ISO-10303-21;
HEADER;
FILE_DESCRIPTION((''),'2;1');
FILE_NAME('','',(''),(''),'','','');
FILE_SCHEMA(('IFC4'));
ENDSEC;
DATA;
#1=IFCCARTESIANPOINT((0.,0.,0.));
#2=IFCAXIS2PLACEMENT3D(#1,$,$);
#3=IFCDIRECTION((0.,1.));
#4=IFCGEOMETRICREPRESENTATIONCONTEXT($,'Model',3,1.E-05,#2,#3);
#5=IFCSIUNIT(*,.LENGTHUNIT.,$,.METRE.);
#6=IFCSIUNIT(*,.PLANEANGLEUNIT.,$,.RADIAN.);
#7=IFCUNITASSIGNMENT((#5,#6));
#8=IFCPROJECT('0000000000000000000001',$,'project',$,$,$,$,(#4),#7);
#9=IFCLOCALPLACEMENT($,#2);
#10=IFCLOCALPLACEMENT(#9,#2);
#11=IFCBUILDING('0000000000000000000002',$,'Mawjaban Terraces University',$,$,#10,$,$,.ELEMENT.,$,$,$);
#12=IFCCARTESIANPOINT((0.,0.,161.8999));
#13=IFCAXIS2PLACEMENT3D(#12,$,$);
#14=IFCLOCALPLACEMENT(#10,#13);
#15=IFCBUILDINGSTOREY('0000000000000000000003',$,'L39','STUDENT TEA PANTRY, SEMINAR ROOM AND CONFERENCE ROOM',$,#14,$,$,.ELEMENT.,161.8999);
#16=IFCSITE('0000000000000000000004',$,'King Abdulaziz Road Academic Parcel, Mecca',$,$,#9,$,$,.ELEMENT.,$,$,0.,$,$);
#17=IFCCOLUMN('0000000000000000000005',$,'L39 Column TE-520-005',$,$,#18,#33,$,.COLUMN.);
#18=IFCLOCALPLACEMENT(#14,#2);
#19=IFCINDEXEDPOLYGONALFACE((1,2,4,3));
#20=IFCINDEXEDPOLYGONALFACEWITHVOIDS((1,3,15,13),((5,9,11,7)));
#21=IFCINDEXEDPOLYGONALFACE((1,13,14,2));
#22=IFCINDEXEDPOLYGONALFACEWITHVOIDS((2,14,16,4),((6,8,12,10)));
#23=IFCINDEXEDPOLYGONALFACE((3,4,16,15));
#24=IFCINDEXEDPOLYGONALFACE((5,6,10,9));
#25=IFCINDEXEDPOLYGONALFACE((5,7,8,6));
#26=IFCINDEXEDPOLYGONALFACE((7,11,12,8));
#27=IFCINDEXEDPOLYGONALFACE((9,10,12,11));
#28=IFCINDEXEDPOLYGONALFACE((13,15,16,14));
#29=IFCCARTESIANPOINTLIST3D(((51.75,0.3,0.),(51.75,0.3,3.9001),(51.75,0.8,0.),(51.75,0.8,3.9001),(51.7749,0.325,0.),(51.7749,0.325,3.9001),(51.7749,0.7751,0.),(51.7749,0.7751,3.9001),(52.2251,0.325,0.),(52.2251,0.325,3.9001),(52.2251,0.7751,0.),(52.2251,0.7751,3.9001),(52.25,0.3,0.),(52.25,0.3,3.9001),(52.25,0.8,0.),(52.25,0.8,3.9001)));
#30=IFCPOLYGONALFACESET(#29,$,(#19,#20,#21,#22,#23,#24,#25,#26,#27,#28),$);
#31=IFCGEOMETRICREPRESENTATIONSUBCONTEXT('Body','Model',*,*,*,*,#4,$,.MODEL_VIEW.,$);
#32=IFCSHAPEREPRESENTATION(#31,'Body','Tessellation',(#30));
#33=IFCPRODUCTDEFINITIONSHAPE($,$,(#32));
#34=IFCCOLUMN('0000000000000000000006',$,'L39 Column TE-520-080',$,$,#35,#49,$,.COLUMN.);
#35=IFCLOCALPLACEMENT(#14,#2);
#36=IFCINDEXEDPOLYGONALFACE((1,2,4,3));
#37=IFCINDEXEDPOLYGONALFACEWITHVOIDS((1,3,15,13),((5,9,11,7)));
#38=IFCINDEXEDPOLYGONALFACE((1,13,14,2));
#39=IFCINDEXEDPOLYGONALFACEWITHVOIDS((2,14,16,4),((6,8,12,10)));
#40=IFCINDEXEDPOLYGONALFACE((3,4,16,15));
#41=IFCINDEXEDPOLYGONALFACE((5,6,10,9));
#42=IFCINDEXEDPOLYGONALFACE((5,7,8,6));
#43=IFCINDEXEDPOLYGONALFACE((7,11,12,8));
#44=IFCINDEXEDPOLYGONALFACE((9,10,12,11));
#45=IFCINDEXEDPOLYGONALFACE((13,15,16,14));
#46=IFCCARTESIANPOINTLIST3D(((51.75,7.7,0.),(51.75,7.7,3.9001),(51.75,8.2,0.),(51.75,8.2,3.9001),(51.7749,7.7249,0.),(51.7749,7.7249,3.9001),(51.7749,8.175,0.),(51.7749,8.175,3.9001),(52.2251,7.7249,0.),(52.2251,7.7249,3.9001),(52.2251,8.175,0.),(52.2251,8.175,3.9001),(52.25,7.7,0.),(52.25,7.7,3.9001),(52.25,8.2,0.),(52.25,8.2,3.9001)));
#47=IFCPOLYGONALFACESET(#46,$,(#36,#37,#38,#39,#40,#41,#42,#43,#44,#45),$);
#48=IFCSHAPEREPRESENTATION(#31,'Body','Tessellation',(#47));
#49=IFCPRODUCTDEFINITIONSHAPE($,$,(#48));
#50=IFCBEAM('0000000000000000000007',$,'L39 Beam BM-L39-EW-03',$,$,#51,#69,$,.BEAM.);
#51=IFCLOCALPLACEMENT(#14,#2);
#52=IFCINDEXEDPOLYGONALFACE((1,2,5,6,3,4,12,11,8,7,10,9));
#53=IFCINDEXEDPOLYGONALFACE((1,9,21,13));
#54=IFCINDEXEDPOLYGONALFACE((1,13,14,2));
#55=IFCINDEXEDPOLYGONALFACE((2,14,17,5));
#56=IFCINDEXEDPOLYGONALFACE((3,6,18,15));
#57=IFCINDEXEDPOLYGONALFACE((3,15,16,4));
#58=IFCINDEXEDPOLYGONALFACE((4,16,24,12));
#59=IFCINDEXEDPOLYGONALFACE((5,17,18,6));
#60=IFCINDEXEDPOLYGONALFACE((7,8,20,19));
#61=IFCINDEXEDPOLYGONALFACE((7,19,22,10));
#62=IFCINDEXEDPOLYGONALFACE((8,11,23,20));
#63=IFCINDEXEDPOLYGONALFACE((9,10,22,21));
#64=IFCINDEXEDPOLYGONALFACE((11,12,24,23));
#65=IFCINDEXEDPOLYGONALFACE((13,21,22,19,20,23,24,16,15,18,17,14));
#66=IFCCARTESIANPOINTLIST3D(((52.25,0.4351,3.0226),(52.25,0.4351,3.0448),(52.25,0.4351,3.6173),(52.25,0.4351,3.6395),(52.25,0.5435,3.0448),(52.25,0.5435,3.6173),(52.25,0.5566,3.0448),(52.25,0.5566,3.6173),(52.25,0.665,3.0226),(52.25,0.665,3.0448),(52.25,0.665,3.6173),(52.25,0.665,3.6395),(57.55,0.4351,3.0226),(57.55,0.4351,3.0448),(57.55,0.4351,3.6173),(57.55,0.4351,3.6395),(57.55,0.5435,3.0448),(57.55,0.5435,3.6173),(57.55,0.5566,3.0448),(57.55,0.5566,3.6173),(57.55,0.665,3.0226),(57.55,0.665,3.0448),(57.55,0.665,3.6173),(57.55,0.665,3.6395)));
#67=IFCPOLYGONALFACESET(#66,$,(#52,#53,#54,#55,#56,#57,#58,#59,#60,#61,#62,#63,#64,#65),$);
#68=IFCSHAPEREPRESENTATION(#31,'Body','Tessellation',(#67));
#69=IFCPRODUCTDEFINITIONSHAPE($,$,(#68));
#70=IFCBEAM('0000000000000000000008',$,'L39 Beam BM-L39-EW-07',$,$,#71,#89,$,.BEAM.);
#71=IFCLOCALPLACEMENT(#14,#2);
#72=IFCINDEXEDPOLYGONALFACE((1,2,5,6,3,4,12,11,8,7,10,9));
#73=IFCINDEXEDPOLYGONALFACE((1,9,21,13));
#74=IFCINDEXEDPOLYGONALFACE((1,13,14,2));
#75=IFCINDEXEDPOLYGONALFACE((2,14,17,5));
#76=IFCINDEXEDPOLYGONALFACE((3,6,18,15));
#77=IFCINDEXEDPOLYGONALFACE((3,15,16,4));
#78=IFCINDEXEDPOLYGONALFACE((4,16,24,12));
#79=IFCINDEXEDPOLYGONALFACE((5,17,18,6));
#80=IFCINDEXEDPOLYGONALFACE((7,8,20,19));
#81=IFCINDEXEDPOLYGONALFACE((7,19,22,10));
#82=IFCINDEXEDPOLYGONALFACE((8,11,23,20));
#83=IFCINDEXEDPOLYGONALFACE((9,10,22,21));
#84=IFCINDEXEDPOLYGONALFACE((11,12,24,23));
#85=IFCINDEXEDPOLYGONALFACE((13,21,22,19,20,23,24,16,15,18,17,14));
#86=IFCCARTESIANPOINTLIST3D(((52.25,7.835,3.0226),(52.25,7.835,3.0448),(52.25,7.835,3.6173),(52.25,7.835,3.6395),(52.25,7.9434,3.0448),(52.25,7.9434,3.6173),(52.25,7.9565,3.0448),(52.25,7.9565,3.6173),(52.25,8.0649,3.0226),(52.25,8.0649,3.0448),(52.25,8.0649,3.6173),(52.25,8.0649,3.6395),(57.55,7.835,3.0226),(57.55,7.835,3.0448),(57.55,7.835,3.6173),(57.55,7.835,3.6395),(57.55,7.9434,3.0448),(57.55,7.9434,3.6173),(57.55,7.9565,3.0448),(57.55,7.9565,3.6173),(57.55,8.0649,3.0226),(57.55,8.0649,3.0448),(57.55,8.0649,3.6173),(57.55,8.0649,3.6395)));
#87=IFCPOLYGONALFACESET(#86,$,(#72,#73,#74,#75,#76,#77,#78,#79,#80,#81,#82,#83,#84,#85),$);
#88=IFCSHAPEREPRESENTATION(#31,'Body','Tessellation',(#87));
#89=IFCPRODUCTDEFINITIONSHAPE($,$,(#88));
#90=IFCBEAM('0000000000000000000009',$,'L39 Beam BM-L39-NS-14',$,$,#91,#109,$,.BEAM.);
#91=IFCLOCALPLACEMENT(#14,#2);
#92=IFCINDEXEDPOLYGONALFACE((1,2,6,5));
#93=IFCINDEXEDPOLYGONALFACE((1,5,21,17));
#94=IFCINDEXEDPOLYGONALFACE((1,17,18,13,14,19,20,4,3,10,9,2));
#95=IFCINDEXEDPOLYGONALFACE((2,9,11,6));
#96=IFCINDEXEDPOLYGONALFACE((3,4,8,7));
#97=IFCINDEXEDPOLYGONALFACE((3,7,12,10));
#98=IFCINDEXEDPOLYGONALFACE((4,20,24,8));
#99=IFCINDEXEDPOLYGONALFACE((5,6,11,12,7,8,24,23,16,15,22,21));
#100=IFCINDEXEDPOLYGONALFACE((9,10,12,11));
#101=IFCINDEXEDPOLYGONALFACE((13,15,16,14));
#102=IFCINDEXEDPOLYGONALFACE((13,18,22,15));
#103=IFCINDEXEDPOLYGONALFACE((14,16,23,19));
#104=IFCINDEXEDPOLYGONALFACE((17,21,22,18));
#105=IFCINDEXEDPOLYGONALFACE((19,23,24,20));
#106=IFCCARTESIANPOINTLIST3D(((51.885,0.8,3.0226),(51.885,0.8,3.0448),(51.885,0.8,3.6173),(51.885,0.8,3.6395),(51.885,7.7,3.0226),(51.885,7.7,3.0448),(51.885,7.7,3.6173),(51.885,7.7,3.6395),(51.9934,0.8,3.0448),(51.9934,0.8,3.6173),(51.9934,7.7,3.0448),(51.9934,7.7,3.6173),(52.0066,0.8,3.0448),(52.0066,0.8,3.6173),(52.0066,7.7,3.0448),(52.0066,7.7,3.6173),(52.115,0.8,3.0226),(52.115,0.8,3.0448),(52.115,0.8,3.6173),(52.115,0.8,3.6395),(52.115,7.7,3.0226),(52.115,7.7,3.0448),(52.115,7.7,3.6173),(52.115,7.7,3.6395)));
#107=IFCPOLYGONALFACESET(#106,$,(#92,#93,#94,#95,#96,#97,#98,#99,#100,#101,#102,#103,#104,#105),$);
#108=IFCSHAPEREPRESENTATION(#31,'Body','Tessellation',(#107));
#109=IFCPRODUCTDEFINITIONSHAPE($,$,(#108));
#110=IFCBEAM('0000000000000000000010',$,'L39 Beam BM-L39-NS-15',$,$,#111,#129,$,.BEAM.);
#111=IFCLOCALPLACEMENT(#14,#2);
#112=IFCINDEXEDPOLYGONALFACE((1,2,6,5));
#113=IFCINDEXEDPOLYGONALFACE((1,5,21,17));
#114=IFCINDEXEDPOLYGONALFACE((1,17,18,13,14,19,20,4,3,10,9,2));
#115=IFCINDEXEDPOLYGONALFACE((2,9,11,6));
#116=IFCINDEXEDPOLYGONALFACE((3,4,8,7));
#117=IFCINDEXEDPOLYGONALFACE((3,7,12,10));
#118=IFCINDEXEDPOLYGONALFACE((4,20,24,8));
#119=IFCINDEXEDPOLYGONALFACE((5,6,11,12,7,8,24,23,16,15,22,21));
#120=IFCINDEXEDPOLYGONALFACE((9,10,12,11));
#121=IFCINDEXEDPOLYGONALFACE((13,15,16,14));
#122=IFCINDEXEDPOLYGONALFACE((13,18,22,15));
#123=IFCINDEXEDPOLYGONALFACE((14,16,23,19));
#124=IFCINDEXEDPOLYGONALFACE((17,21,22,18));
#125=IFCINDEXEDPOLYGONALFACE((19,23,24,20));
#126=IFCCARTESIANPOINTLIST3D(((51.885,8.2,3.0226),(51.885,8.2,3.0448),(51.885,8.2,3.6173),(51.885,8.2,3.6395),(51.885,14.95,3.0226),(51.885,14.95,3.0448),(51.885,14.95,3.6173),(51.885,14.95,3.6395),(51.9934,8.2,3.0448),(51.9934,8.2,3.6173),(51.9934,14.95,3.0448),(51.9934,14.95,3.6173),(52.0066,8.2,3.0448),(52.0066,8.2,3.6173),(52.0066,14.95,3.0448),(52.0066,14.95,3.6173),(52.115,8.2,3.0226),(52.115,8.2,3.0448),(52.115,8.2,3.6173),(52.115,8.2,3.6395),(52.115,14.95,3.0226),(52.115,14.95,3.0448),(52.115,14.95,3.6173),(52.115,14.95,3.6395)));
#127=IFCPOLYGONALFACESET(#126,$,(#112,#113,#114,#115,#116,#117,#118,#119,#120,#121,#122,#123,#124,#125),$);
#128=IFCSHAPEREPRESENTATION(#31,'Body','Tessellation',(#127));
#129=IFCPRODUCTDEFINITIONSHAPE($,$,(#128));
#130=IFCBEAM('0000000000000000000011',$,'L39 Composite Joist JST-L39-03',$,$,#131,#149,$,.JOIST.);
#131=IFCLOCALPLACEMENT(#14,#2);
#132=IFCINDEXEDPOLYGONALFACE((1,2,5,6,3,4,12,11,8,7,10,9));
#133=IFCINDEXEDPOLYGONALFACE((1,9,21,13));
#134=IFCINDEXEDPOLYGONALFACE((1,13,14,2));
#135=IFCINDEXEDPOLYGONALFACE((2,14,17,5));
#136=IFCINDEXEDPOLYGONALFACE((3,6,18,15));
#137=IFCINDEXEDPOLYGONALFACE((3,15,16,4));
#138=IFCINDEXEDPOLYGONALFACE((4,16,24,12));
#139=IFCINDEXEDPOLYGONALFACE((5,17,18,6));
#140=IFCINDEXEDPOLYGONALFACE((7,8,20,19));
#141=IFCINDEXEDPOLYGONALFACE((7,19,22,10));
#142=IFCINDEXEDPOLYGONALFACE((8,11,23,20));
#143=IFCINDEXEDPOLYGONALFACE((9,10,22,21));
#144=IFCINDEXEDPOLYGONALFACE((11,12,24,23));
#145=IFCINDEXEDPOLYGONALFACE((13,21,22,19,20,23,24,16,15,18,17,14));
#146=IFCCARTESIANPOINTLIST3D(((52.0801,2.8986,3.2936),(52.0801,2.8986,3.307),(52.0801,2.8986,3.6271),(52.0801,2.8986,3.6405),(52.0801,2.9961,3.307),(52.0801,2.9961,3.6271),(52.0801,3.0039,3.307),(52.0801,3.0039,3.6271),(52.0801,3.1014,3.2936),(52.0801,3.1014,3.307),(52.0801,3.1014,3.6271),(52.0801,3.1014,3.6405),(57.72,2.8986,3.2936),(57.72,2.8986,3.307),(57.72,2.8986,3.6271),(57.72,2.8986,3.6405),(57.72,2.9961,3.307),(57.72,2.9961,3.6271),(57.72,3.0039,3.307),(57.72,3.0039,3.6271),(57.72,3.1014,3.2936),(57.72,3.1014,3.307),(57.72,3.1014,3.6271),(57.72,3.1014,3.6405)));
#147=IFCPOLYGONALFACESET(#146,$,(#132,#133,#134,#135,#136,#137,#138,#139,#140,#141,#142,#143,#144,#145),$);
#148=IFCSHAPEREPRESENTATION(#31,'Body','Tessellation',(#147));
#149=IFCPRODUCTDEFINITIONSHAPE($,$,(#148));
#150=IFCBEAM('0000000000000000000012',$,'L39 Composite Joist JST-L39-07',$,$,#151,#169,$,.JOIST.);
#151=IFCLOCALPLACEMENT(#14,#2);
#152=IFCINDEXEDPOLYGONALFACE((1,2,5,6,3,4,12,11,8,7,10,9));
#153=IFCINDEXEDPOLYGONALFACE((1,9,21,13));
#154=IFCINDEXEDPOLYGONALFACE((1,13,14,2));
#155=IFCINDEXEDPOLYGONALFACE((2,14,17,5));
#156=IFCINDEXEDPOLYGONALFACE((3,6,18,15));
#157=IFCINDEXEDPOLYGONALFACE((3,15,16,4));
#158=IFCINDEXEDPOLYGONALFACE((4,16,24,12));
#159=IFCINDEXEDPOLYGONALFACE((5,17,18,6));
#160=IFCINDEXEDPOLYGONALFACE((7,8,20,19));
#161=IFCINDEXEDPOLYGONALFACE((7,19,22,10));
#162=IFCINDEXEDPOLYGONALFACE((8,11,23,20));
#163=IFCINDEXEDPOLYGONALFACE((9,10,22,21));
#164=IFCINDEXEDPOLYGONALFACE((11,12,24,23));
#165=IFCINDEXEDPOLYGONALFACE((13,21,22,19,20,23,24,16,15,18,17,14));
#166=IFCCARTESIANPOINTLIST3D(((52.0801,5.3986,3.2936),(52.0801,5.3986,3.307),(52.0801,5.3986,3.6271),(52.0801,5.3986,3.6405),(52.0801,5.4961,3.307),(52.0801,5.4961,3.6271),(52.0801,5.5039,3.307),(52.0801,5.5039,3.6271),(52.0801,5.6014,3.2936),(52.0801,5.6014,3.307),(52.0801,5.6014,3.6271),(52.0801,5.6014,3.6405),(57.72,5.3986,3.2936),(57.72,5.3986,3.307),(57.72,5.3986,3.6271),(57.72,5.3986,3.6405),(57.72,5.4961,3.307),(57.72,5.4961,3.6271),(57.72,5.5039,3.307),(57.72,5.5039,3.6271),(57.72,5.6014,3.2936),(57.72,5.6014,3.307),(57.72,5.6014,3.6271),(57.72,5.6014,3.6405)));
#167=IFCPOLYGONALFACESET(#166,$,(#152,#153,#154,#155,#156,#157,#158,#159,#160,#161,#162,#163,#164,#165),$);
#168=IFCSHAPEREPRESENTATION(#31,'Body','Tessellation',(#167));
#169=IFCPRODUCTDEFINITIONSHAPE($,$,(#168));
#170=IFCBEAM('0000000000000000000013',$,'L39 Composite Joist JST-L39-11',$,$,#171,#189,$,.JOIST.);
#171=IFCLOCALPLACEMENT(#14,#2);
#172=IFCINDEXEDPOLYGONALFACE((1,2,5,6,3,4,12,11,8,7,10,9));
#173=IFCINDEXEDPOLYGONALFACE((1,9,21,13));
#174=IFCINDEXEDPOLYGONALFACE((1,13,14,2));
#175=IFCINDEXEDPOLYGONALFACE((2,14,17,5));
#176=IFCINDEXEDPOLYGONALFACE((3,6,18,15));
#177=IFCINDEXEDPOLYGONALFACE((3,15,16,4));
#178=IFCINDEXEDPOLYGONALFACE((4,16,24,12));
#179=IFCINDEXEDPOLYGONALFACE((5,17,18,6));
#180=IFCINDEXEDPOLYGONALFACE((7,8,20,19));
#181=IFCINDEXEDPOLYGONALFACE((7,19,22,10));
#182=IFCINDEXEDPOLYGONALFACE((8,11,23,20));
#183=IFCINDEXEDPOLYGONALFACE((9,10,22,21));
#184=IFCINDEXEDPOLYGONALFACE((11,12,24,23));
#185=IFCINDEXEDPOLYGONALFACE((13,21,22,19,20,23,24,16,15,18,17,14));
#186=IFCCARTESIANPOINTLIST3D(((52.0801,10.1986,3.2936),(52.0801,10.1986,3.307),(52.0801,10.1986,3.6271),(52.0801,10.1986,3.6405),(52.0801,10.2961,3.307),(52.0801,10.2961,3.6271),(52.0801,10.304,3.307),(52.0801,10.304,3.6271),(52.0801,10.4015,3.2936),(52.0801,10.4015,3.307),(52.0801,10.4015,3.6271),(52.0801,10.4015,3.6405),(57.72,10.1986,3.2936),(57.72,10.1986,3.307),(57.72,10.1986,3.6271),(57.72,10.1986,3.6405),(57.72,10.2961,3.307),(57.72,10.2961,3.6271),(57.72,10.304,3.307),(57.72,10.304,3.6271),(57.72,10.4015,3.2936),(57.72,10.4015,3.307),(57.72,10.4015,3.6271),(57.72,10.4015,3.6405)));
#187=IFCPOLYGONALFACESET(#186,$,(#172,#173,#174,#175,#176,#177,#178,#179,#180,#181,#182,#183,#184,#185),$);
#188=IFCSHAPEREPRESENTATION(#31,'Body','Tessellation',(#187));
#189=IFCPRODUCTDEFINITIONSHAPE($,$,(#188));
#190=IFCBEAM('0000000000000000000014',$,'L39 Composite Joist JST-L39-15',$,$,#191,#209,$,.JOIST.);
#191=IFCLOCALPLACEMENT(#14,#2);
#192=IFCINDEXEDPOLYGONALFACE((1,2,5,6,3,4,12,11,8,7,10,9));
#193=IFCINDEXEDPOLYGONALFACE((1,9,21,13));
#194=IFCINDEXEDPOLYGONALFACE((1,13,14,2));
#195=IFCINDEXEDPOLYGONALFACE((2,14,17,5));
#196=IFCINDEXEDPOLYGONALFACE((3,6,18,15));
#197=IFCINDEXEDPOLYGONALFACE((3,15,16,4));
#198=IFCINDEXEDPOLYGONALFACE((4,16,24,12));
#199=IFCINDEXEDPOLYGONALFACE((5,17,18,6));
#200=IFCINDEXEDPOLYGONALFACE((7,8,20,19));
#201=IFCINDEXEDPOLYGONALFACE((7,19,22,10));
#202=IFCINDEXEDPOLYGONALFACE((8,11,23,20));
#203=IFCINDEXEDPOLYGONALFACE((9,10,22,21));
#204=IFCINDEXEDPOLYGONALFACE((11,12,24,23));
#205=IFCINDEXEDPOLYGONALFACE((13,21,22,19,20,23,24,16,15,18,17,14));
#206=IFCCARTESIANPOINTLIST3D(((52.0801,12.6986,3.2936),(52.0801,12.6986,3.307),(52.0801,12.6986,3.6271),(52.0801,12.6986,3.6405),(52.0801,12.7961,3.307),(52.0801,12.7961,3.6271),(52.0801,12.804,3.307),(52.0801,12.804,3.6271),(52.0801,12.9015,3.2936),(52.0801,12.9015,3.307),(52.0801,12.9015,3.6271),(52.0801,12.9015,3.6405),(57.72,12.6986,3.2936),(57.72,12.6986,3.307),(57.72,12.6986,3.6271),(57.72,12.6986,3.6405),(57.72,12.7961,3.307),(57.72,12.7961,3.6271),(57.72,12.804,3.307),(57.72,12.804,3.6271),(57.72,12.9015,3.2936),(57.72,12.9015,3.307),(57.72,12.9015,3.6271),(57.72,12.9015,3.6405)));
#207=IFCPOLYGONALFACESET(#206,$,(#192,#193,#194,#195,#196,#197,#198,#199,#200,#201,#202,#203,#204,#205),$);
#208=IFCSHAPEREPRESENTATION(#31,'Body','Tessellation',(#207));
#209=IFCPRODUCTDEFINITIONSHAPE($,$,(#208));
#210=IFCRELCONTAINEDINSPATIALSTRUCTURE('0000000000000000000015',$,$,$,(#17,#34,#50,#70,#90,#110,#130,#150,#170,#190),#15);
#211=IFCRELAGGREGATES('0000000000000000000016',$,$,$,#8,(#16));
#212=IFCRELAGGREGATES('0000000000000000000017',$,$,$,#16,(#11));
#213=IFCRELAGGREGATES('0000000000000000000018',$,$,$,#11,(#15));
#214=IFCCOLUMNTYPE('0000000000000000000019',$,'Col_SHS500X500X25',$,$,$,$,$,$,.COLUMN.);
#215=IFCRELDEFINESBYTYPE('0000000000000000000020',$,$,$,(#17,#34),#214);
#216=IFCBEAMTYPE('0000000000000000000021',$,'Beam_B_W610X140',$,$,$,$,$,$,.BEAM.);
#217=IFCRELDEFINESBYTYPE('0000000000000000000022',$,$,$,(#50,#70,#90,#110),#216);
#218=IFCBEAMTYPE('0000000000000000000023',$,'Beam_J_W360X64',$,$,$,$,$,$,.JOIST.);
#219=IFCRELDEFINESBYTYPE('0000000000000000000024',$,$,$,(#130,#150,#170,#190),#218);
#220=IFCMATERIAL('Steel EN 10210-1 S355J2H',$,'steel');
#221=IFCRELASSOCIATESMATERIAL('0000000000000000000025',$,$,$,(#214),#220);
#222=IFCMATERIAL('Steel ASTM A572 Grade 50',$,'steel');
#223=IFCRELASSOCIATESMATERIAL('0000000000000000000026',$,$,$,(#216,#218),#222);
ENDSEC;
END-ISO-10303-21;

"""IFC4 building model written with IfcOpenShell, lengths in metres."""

from ifc_helpers import new_model, si_unit, direction, frame, origin, origin_2d, place, context, subcontext, project, spatial, hollow_rectangle, i_section, extrude, material, material_profile, profile_set, type_object, element, save


model = new_model("IFC4")

# Units and contexts
model_context = context("Model", 3, precision=1e-05, world=origin(), true_north=direction((0.0, 1.0)))
body_context = subcontext(model_context, "Body", "Model", "MODEL_VIEW")
ifc_project = project(units=[si_unit("LENGTHUNIT", "METRE"), si_unit("PLANEANGLEUNIT", "RADIAN")], contexts=[model_context])

# Site, building, storey
site_placement = place(None, origin())
site = spatial("IfcSite", under=ifc_project, at=site_placement, Name="King Abdulaziz Road Academic Parcel, Mecca", CompositionType="ELEMENT", RefElevation=0.0)
building_placement = place(site_placement, origin())
building = spatial("IfcBuilding", under=site, at=building_placement, Name="Mawjaban Terraces University", CompositionType="ELEMENT")
storey_placement = place(building_placement, frame((0.0, 0.0, 161.8999)))
storey = spatial("IfcBuildingStorey", under=building, at=storey_placement, Name="L39", Description="STUDENT TEA PANTRY, SEMINAR ROOM AND CONFERENCE ROOM", CompositionType="ELEMENT", Elevation=161.8999)

# Columns
ifc_material_1 = material(Name="Steel EN 10210-1 S355J2H", Category="steel")
ifc_material_profile_1 = material_profile(ifc_material_1, hollow_rectangle(XDim=0.5, YDim=0.5, WallThickness=0.0249, at=origin_2d()), Name="SHS500X500X25")
ifc_profile_set_1 = profile_set([ifc_material_profile_1], Name="Steel EN 10210-1 S355J2H")
column_type = type_object("IfcColumnType", Name="Col_SHS500X500X25", PredefinedType="COLUMN", material=ifc_profile_set_1)
for number, where, z_axis, x_axis, name in (
    (1, (52.0, 0.55, 0.0), (0.0, 0.0, 1.0), (1.0, 0.0, 0.0), "L39 Column TE-520-005"),
    (2, (52.0, 7.95, 0.0), (0.0, 0.0, 1.0), (1.0, 0.0, 0.0), "L39 Column TE-520-080"),
):
    element("IfcColumn", number, at=place(storey_placement, frame(where, z_axis=z_axis, x_axis=x_axis)), inside=storey, type_object=column_type, Name=name, PredefinedType="COLUMN", context=body_context, shape_type="SweptSolid", body=[
        extrude(hollow_rectangle(XDim=0.5, YDim=0.5, WallThickness=0.0249, at=origin_2d()), origin(), (0.0, 0.0, 1.0), 3.9001),
    ])

# Beams
ifc_material_2 = material(Name="Steel ASTM A572 Grade 50", Category="steel")
ifc_material_profile_2 = material_profile(ifc_material_2, i_section(OverallWidth=0.23, OverallDepth=0.6169, WebThickness=0.0132, FlangeThickness=0.0222, at=origin_2d()), Name="W610X140")
ifc_profile_set_2 = profile_set([ifc_material_profile_2], Name="Steel ASTM A572 Grade 50")
beam_type_1 = type_object("IfcBeamType", Name="Beam_B_W610X140", PredefinedType="BEAM", material=ifc_profile_set_2)
for number, where, z_axis, x_axis, name in (
    (3, (52.25, 0.55, 3.3311), (1.0, 0.0, 0.0), (0.0, 1.0, 0.0), "L39 Beam BM-L39-EW-03"),
    (4, (52.25, 7.95, 3.3311), (1.0, 0.0, 0.0), (0.0, 1.0, 0.0), "L39 Beam BM-L39-EW-07"),
):
    element("IfcBeam", number, at=place(storey_placement, frame(where, z_axis=z_axis, x_axis=x_axis)), inside=storey, type_object=beam_type_1, Name=name, PredefinedType="BEAM", context=body_context, shape_type="SweptSolid", body=[
        extrude(i_section(OverallWidth=0.23, OverallDepth=0.6169, WebThickness=0.0132, FlangeThickness=0.0222, at=origin_2d()), origin(), (0.0, 0.0, 1.0), 5.3),
    ])
beam_1_placement = place(storey_placement, frame((52.0, 0.8, 3.3311), z_axis=(0.0, 1.0, 0.0), x_axis=(-1.0, 0.0, 0.0)))
element("IfcBeam", 5, at=beam_1_placement, inside=storey, type_object=beam_type_1, Name="L39 Beam BM-L39-NS-14", PredefinedType="BEAM", context=body_context, shape_type="SweptSolid", body=[
    extrude(i_section(OverallWidth=0.23, OverallDepth=0.6169, WebThickness=0.0132, FlangeThickness=0.0222, at=origin_2d()), origin(), (0.0, 0.0, 1.0), 6.8999),
])
beam_2_placement = place(storey_placement, frame((52.0, 8.2, 3.3311), z_axis=(0.0, 1.0, 0.0), x_axis=(-1.0, 0.0, 0.0)))
element("IfcBeam", 6, at=beam_2_placement, inside=storey, type_object=beam_type_1, Name="L39 Beam BM-L39-NS-15", PredefinedType="BEAM", context=body_context, shape_type="SweptSolid", body=[
    extrude(i_section(OverallWidth=0.23, OverallDepth=0.6169, WebThickness=0.0132, FlangeThickness=0.0222, at=origin_2d()), origin(), (0.0, 0.0, 1.0), 6.75),
])
ifc_material_profile_3 = material_profile(ifc_material_2, i_section(OverallWidth=0.2029, OverallDepth=0.3469, WebThickness=0.0078, FlangeThickness=0.0134, at=origin_2d()), Name="W360X64")
ifc_profile_set_3 = profile_set([ifc_material_profile_3], Name="Steel ASTM A572 Grade 50")
beam_type_2 = type_object("IfcBeamType", Name="Beam_J_W360X64", PredefinedType="JOIST", material=ifc_profile_set_3)
for number, where, z_axis, x_axis, name in (
    (7, (52.0801, 3.0, 3.467), (1.0, 0.0, 0.0), (0.0, 1.0, 0.0), "L39 Composite Joist JST-L39-03"),
    (8, (52.0801, 5.5, 3.467), (1.0, 0.0, 0.0), (0.0, 1.0, 0.0), "L39 Composite Joist JST-L39-07"),
    (9, (52.0801, 10.3, 3.467), (1.0, 0.0, 0.0), (0.0, 1.0, 0.0), "L39 Composite Joist JST-L39-11"),
    (10, (52.0801, 12.8, 3.467), (1.0, 0.0, 0.0), (0.0, 1.0, 0.0), "L39 Composite Joist JST-L39-15"),
):
    element("IfcBeam", number, at=place(storey_placement, frame(where, z_axis=z_axis, x_axis=x_axis)), inside=storey, type_object=beam_type_2, Name=name, PredefinedType="JOIST", context=body_context, shape_type="SweptSolid", body=[
        extrude(i_section(OverallWidth=0.2029, OverallDepth=0.3469, WebThickness=0.0078, FlangeThickness=0.0134, at=origin_2d()), origin(), (0.0, 0.0, 1.0), 5.6399),
    ])

save(model, "model.ifc")
